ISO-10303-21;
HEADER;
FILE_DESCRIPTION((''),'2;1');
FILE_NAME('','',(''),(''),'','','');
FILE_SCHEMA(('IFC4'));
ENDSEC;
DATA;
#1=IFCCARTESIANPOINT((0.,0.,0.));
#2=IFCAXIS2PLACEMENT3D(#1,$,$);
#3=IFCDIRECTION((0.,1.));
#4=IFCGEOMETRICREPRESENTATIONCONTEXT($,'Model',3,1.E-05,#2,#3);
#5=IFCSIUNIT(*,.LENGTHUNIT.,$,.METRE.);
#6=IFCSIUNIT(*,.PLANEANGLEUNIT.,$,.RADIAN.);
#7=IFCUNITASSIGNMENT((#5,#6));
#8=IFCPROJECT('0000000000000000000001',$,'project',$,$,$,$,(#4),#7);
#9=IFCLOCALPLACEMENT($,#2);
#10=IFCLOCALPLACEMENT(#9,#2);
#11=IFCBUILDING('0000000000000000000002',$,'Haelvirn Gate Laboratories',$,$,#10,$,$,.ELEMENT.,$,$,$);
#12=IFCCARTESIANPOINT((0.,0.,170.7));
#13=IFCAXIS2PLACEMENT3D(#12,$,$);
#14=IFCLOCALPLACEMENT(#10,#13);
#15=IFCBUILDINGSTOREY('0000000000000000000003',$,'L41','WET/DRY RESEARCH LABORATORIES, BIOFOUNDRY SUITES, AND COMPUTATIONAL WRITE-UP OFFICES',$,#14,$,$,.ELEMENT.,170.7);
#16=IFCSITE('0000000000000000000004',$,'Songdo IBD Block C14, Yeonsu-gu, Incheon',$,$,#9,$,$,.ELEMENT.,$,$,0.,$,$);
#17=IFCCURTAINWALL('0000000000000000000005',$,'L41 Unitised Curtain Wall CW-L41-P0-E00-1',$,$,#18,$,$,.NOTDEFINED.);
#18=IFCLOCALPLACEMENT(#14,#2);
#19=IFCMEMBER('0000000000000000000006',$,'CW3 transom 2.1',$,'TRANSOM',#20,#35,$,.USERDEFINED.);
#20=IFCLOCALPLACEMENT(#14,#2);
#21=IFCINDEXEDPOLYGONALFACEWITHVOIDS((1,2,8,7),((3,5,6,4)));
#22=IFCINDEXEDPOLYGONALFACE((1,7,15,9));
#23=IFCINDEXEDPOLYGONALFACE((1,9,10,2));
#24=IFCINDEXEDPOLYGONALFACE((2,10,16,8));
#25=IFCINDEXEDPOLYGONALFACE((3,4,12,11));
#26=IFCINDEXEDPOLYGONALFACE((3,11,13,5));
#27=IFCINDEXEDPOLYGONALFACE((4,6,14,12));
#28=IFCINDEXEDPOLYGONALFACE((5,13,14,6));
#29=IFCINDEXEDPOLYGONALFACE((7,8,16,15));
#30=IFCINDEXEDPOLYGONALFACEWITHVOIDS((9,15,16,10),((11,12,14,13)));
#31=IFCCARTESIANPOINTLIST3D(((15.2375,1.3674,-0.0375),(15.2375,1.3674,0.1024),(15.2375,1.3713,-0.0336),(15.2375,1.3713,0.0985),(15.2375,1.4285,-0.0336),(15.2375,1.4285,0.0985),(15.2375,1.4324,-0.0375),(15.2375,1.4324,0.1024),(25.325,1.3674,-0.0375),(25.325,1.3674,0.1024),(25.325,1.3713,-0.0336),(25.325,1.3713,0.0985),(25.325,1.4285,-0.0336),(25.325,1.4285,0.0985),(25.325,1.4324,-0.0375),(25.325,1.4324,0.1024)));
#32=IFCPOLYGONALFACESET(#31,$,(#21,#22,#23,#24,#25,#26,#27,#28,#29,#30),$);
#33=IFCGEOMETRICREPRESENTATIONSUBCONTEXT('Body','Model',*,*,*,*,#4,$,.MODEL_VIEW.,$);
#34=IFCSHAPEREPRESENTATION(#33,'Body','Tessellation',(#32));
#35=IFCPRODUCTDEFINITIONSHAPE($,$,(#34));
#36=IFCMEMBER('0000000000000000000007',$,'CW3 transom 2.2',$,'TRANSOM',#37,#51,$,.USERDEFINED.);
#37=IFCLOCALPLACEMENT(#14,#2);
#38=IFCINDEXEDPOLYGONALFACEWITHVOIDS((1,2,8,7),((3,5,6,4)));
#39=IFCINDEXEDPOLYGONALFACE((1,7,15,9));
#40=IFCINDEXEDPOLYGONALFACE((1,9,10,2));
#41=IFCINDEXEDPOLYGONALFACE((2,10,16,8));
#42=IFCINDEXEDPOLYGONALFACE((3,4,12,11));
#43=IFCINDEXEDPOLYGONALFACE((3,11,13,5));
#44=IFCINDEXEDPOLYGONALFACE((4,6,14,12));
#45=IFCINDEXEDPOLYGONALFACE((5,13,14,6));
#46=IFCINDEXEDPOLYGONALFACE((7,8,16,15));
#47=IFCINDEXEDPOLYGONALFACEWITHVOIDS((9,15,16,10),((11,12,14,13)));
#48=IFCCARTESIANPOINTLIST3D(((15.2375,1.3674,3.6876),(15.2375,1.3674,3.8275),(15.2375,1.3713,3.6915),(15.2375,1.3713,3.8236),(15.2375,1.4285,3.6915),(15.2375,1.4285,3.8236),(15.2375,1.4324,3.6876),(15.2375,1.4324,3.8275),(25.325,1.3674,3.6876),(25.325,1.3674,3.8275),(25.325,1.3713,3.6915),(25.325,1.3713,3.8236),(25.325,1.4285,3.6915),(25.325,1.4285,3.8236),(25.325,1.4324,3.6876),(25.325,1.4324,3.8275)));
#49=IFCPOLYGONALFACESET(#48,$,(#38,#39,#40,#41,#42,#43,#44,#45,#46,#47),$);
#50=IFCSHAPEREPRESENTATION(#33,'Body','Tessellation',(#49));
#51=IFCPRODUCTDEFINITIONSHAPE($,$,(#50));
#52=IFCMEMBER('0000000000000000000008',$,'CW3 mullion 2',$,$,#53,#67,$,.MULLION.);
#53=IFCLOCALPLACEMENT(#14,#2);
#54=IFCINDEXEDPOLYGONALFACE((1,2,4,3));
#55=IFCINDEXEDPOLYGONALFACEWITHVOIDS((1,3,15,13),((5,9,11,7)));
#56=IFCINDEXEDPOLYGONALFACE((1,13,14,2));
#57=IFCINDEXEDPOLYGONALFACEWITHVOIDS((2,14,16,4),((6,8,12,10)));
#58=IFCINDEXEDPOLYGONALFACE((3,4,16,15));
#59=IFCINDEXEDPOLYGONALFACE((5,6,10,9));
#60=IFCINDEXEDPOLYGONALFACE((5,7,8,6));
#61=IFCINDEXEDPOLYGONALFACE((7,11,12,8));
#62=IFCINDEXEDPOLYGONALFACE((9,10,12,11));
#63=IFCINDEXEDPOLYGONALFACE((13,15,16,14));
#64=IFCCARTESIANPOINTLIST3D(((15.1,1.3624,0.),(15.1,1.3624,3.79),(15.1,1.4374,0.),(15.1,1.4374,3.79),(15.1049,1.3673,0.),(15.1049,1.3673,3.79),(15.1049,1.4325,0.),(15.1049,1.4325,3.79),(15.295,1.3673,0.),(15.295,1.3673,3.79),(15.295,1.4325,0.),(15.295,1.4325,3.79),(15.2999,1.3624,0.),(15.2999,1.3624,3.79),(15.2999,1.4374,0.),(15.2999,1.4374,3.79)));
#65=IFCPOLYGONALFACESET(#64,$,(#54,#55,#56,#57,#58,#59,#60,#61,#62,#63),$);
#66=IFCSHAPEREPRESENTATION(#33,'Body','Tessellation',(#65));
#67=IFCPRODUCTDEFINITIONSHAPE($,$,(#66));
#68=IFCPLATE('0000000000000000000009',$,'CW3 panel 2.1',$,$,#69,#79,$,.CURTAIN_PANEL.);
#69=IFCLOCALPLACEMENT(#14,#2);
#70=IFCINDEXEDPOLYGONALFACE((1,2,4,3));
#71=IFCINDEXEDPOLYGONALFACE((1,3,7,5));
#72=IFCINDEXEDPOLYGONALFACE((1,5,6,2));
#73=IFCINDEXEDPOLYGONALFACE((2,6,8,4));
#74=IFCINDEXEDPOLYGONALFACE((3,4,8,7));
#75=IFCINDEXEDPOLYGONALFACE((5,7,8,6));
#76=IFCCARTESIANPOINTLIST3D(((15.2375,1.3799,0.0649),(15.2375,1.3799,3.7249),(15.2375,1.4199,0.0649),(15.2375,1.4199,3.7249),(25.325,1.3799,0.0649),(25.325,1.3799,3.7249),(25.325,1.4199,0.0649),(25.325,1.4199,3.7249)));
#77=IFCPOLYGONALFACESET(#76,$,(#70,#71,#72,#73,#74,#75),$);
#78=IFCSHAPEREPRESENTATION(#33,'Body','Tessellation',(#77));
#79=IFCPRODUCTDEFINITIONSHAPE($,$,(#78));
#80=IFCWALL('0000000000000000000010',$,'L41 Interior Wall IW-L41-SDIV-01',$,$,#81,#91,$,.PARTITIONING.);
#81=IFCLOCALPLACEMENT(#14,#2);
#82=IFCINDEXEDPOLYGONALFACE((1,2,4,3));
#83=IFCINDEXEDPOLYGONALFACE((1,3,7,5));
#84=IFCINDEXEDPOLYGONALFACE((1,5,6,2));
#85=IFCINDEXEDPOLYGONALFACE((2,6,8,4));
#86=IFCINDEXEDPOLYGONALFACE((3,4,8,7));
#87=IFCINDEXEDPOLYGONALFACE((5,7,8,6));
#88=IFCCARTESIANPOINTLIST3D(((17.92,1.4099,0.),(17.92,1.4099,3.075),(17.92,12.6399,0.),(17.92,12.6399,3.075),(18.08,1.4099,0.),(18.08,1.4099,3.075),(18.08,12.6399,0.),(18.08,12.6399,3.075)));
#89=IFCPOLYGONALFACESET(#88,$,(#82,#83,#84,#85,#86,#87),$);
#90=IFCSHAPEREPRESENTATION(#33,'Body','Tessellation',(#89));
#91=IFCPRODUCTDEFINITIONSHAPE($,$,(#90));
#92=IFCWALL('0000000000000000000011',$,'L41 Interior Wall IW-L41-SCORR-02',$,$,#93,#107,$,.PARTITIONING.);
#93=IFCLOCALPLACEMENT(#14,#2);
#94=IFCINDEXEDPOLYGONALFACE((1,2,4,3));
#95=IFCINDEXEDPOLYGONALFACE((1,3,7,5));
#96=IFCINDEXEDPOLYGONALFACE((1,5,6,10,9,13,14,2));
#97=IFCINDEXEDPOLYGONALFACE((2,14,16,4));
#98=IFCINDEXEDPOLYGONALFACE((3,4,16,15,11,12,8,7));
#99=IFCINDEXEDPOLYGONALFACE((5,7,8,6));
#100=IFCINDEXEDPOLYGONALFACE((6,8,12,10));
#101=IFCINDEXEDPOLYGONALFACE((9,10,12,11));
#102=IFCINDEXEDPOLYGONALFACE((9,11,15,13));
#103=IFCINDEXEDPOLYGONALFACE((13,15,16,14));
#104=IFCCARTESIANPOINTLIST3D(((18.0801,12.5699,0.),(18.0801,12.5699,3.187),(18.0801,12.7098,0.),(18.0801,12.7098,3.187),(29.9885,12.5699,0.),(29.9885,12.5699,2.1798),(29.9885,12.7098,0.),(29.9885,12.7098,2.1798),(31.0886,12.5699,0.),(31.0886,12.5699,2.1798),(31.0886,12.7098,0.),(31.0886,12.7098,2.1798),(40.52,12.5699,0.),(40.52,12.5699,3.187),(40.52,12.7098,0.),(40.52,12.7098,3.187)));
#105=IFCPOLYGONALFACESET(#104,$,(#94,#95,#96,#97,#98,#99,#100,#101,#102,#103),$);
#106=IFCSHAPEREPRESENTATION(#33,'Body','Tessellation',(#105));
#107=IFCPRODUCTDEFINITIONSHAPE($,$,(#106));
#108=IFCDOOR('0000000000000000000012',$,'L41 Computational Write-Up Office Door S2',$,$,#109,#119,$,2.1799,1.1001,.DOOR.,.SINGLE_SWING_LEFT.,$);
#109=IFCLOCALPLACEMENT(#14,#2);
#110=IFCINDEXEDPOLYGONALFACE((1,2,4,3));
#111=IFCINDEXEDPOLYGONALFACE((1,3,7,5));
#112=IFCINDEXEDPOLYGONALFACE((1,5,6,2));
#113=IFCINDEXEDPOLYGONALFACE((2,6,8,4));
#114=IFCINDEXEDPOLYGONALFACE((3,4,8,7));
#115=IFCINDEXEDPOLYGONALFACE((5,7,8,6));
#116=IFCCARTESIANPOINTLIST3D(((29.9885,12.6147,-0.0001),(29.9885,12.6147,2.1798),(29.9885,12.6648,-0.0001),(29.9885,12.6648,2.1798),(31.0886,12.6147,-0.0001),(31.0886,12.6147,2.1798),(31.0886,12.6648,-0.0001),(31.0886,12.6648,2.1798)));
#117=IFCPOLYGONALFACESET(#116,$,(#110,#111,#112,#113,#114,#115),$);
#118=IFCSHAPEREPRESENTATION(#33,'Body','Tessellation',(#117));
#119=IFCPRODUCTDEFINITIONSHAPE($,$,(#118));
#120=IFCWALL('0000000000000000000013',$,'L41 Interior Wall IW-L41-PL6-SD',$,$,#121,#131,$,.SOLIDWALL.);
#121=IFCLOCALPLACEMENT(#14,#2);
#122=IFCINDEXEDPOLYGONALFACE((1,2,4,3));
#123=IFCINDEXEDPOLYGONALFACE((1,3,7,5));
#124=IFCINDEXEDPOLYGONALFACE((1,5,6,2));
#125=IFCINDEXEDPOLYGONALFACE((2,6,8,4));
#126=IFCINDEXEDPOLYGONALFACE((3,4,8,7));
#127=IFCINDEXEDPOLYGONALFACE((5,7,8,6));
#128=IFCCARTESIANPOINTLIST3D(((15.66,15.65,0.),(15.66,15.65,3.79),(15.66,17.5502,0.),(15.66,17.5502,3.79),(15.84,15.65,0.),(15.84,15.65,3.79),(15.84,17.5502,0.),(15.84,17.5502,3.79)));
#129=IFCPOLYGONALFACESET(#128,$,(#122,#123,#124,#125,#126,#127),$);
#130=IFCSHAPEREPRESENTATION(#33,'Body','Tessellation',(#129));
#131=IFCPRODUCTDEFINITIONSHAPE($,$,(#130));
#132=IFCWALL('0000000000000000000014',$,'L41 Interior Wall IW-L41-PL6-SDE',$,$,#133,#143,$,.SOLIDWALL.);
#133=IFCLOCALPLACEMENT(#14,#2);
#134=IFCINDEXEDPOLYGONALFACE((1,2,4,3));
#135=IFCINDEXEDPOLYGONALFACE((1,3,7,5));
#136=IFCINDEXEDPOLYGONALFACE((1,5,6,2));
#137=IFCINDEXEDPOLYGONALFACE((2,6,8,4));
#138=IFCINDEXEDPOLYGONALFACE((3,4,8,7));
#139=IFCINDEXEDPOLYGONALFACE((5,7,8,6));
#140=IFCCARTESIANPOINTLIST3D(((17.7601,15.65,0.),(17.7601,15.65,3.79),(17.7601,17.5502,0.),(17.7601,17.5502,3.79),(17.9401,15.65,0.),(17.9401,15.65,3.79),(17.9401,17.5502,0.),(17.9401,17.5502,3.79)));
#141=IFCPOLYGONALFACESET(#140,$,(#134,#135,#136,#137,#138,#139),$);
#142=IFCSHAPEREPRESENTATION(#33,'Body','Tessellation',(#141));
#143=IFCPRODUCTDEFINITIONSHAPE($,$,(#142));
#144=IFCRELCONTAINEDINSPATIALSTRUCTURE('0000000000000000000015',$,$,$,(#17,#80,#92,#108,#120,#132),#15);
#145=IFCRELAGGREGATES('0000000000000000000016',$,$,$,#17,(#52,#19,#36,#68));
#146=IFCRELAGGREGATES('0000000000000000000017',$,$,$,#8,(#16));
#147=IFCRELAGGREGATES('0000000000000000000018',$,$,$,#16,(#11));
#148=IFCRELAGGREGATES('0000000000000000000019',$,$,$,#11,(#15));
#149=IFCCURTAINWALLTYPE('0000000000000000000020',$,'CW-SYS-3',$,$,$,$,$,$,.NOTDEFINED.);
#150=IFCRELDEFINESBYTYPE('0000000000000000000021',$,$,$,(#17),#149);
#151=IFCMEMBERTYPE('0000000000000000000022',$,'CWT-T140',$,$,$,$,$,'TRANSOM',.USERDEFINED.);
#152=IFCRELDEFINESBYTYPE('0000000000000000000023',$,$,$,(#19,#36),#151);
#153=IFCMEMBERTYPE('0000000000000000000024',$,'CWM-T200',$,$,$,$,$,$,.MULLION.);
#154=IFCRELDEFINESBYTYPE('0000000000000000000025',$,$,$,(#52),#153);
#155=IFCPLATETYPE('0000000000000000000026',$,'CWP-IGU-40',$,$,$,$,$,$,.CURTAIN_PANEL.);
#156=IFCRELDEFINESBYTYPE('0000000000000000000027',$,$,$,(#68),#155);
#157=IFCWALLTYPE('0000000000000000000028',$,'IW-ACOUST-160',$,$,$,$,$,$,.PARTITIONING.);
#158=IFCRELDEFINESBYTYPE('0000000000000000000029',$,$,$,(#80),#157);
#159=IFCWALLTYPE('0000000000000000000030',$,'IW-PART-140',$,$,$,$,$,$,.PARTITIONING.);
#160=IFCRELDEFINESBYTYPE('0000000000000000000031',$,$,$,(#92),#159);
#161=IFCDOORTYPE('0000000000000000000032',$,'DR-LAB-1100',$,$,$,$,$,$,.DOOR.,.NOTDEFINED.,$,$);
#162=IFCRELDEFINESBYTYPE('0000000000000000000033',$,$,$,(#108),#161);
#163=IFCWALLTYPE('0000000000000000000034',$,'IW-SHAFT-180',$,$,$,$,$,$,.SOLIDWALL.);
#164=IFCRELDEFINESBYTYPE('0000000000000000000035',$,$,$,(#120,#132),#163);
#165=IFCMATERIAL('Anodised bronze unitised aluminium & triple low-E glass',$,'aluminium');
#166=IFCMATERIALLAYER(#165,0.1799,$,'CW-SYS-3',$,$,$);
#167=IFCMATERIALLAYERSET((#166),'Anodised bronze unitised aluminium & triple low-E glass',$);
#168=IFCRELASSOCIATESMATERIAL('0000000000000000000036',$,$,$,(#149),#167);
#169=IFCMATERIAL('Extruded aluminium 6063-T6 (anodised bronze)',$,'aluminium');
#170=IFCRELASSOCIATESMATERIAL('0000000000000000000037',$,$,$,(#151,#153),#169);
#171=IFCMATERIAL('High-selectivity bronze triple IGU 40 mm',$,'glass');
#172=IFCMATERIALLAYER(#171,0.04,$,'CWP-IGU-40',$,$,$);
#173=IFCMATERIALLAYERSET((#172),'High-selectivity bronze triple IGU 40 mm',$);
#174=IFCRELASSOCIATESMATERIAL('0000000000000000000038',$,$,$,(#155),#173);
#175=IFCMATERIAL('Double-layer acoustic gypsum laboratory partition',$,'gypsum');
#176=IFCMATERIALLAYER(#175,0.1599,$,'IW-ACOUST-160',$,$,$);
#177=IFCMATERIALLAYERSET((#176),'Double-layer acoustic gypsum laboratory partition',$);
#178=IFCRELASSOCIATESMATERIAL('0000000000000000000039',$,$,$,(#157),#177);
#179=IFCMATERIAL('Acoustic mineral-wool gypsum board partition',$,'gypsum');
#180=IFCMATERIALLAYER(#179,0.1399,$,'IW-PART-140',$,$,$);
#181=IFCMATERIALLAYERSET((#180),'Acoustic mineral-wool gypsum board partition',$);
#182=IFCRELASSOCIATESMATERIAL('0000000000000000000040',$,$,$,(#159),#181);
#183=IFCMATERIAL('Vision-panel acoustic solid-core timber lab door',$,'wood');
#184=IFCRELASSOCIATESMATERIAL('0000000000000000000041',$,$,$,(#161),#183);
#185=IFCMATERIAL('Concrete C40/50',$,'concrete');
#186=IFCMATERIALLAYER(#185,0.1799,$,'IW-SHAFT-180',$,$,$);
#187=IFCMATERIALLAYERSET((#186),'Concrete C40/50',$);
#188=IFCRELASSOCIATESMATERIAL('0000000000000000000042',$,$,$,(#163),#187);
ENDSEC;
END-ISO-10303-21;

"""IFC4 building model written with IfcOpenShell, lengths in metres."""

from ifc_helpers import new_model, si_unit, direction, frame, frame_2d, origin, origin_2d, place, context, subcontext, project, spatial, rectangle, hollow_rectangle, extrude, source, transform, mapped, material, layer, layer_set, material_profile, profile_set, type_object, type_shapes, element, fill, aggregate, save


model = new_model("IFC4")

# Units and contexts
model_context = context("Model", 3, precision=1e-05, world=origin(), true_north=direction((0.0, 1.0)))
body_context = subcontext(model_context, "Body", "Model", "MODEL_VIEW")
ifc_project = project(units=[si_unit("LENGTHUNIT", "METRE"), si_unit("PLANEANGLEUNIT", "RADIAN")], contexts=[model_context])

# Site, building, storey
site_placement = place(None, origin())
site = spatial("IfcSite", under=ifc_project, at=site_placement, Name="Songdo IBD Block C14, Yeonsu-gu, Incheon", CompositionType="ELEMENT", RefElevation=0.0)
building_placement = place(site_placement, origin())
building = spatial("IfcBuilding", under=site, at=building_placement, Name="Haelvirn Gate Laboratories", CompositionType="ELEMENT")
storey_placement = place(building_placement, frame((0.0, 0.0, 170.7)))
storey = spatial("IfcBuildingStorey", under=building, at=storey_placement, Name="L41", Description="WET/DRY RESEARCH LABORATORIES, BIOFOUNDRY SUITES, AND COMPUTATIONAL WRITE-UP OFFICES", CompositionType="ELEMENT", Elevation=170.7)

# Curtain wall, members, plate
ifc_material_1 = material(Name="Anodised bronze unitised aluminium & triple low-E glass", Category="aluminium")
ifc_layer_1 = layer(ifc_material_1, 0.1799, Name="CW-SYS-3")
ifc_layer_set_1 = layer_set([ifc_layer_1], Name="Anodised bronze unitised aluminium & triple low-E glass")
curtain_wall_type = type_object("IfcCurtainWallType", Name="CW-SYS-3", PredefinedType="NOTDEFINED", material=ifc_layer_set_1)
curtain_wall_placement = place(storey_placement, origin())
curtain_wall = element("IfcCurtainWall", 1, at=curtain_wall_placement, inside=storey, type_object=curtain_wall_type, Name="L41 Unitised Curtain Wall CW-L41-P0-E00-1", PredefinedType="NOTDEFINED")
ifc_material_2 = material(Name="Extruded aluminium 6063-T6 (anodised bronze)", Category="aluminium")
ifc_material_profile_1 = material_profile(ifc_material_2, hollow_rectangle(XDim=0.0649, YDim=0.1399, WallThickness=0.0039, at=origin_2d()), Name="CWT-140x65x4")
ifc_profile_set_1 = profile_set([ifc_material_profile_1], Name="Extruded aluminium 6063-T6 (anodised bronze)")
member_type_1 = type_object("IfcMemberType", Name="CWT-T140", ElementType="TRANSOM", PredefinedType="USERDEFINED", material=ifc_profile_set_1)
shared_shape_1 = source(origin(), body_context, "Body", "SweptSolid", [
    extrude(hollow_rectangle(XDim=0.0649, YDim=0.1399, WallThickness=0.0039, at=origin_2d()), origin(), (0.0, 0.0, 1.0), 10.0874),
])
type_shapes(member_type_1, [shared_shape_1])
member_1_placement = place(storey_placement, frame((15.2375, 1.3999, 0.0325), z_axis=(1.0, 0.0, 0.0), x_axis=(0.0, 1.0, 0.0)))
member_1 = element("IfcMember", 2, at=member_1_placement, type_object=member_type_1, Name="CW3 transom 2.1", ObjectType="TRANSOM", PredefinedType="USERDEFINED", context=body_context, shape_type="MappedRepresentation", body=[
    mapped(shared_shape_1, transform((0.0, 0.0, 0.0), scale=1.0)),
])
member_2_placement = place(storey_placement, frame((15.2375, 1.3999, 3.7576), z_axis=(1.0, 0.0, 0.0), x_axis=(0.0, 1.0, 0.0)))
member_2 = element("IfcMember", 3, at=member_2_placement, type_object=member_type_1, Name="CW3 transom 2.2", ObjectType="TRANSOM", PredefinedType="USERDEFINED", context=body_context, shape_type="MappedRepresentation", body=[
    mapped(shared_shape_1, transform((0.0, 0.0, 0.0), scale=1.0)),
])
ifc_material_profile_2 = material_profile(ifc_material_2, hollow_rectangle(XDim=0.075, YDim=0.2, WallThickness=0.0049, at=origin_2d()), Name="CWM-200x75x5")
ifc_profile_set_2 = profile_set([ifc_material_profile_2], Name="Extruded aluminium 6063-T6 (anodised bronze)")
member_type_2 = type_object("IfcMemberType", Name="CWM-T200", PredefinedType="MULLION", material=ifc_profile_set_2)
shared_shape_2 = source(origin(), body_context, "Body", "SweptSolid", [
    extrude(hollow_rectangle(XDim=0.075, YDim=0.2, WallThickness=0.0049, at=origin_2d()), origin(), (0.0, 0.0, 1.0), 3.79),
])
type_shapes(member_type_2, [shared_shape_2])
member_3_placement = place(storey_placement, frame((15.2, 1.3999, 0.0), z_axis=(0.0, 0.0, 1.0), x_axis=(0.0, 1.0, 0.0)))
member_3 = element("IfcMember", 4, at=member_3_placement, type_object=member_type_2, Name="CW3 mullion 2", PredefinedType="MULLION", context=body_context, shape_type="MappedRepresentation", body=[
    mapped(shared_shape_2, transform((0.0, 0.0, 0.0), scale=1.0)),
])
ifc_material_3 = material(Name="High-selectivity bronze triple IGU 40 mm", Category="glass")
ifc_layer_2 = layer(ifc_material_3, 0.04, Name="CWP-IGU-40")
ifc_layer_set_2 = layer_set([ifc_layer_2], Name="High-selectivity bronze triple IGU 40 mm")
plate_type = type_object("IfcPlateType", Name="CWP-IGU-40", PredefinedType="CURTAIN_PANEL", material=ifc_layer_set_2)
shared_shape_3 = source(origin(), body_context, "Body", "SweptSolid", [
    extrude(rectangle(XDim=10.0874, YDim=0.04, at=origin_2d()), origin(), (0.0, 0.0, 1.0), 3.6599),
])
type_shapes(plate_type, [shared_shape_3])
plate_placement = place(storey_placement, frame((20.2812, 1.3999, 0.0649), z_axis=(0.0, 0.0, 1.0), x_axis=(1.0, 0.0, 0.0)))
plate = element("IfcPlate", 5, at=plate_placement, type_object=plate_type, Name="CW3 panel 2.1", PredefinedType="CURTAIN_PANEL", context=body_context, shape_type="MappedRepresentation", body=[
    mapped(shared_shape_3, transform((0.0, 0.0, 0.0), scale=1.0)),
])
aggregate(curtain_wall, [member_3, member_1, member_2, plate])

# Wall
ifc_material_4 = material(Name="Double-layer acoustic gypsum laboratory partition", Category="gypsum")
ifc_layer_3 = layer(ifc_material_4, 0.1599, Name="IW-ACOUST-160")
ifc_layer_set_3 = layer_set([ifc_layer_3], Name="Double-layer acoustic gypsum laboratory partition")
wall_type_1 = type_object("IfcWallType", Name="IW-ACOUST-160", PredefinedType="PARTITIONING", material=ifc_layer_set_3)
wall_1_placement = place(storey_placement, frame((18.0, 1.4099, 0.0), z_axis=(0.0, 0.0, 1.0), x_axis=(0.0, 1.0, 0.0)))
element("IfcWall", 6, at=wall_1_placement, inside=storey, type_object=wall_type_1, Name="L41 Interior Wall IW-L41-SDIV-01", PredefinedType="PARTITIONING", context=body_context, shape_type="SweptSolid", body=[
    extrude(rectangle(XDim=11.23, YDim=0.1599, at=frame_2d((5.615, 0.0))), origin(), (0.0, 0.0, 1.0), 3.075),
])

# Wall, opening, door
ifc_material_5 = material(Name="Acoustic mineral-wool gypsum board partition", Category="gypsum")
ifc_layer_4 = layer(ifc_material_5, 0.1399, Name="IW-PART-140")
ifc_layer_set_4 = layer_set([ifc_layer_4], Name="Acoustic mineral-wool gypsum board partition")
wall_type_2 = type_object("IfcWallType", Name="IW-PART-140", PredefinedType="PARTITIONING", material=ifc_layer_set_4)
wall_2_placement = place(storey_placement, frame((18.0801, 12.6399, 0.0), z_axis=(0.0, 0.0, 1.0), x_axis=(1.0, 0.0, 0.0)))
wall_2 = element("IfcWall", 7, at=wall_2_placement, inside=storey, type_object=wall_type_2, Name="L41 Interior Wall IW-L41-SCORR-02", PredefinedType="PARTITIONING", context=body_context, shape_type="SweptSolid", body=[
    extrude(rectangle(XDim=22.4399, YDim=0.1399, at=frame_2d((11.22, 0.0))), origin(), (0.0, 0.0, 1.0), 3.187),
])
opening_1_placement = place(wall_2_placement, frame((11.9084, 0.0, 0.0)))
opening_1 = element("IfcOpeningElement", 8, at=opening_1_placement, cuts=wall_2, PredefinedType="OPENING", context=body_context, shape_type="SweptSolid", body=[
    extrude(rectangle(XDim=1.1001, YDim=2.1799, at=frame_2d((0.55, 1.0898))), frame((0.0, 0.0801, 0.0), z_axis=(0.0, -1.0, 0.0), x_axis=(1.0, 0.0, 0.0)), (0.0, 0.0, 1.0), 0.1599),
])
ifc_material_6 = material(Name="Vision-panel acoustic solid-core timber lab door", Category="wood")
door_type_1 = type_object("IfcDoorType", Name="DR-LAB-1100", OperationType="NOTDEFINED", PredefinedType="DOOR", material=ifc_material_6)
shared_shape_4 = source(origin(), body_context, "Body", "SweptSolid", [
    extrude(rectangle(XDim=1.1001, YDim=2.1799, at=frame_2d((0.55, 1.0898))), frame((0.0, 0.0249, 0.0), z_axis=(0.0, -1.0, 0.0), x_axis=(1.0, 0.0, 0.0)), (0.0, 0.0, 1.0), 0.05),
])
type_shapes(door_type_1, [shared_shape_4])
door_1_placement = place(opening_1_placement, origin())
door_1 = element("IfcDoor", 9, at=door_1_placement, inside=storey, type_object=door_type_1, Name="L41 Computational Write-Up Office Door S2", OperationType="SINGLE_SWING_LEFT", OverallHeight=2.1799, OverallWidth=1.1001, PredefinedType="DOOR", context=body_context, shape_type="MappedRepresentation", body=[
    mapped(shared_shape_4, transform((0.0, 0.0, 0.0), scale=1.0)),
])
fill(opening_1, door_1)

# Walls
ifc_material_7 = material(Name="Concrete C40/50", Category="concrete")
ifc_layer_5 = layer(ifc_material_7, 0.1799, Name="IW-SHAFT-180")
ifc_layer_set_5 = layer_set([ifc_layer_5], Name="Concrete C40/50")
wall_type_3 = type_object("IfcWallType", Name="IW-SHAFT-180", PredefinedType="SOLIDWALL", material=ifc_layer_set_5)
for number, where, z_axis, x_axis, name in (
    (10, (15.75, 15.6499, 0.0), (0.0, 0.0, 1.0), (0.0, 1.0, 0.0), "L41 Interior Wall IW-L41-PL6-SD"),
    (11, (17.8501, 15.6499, 0.0), (0.0, 0.0, 1.0), (0.0, 1.0, 0.0), "L41 Interior Wall IW-L41-PL6-SDE"),
):
    element("IfcWall", number, at=place(storey_placement, frame(where, z_axis=z_axis, x_axis=x_axis)), inside=storey, type_object=wall_type_3, Name=name, PredefinedType="SOLIDWALL", context=body_context, shape_type="SweptSolid", body=[
        extrude(rectangle(XDim=1.9001, YDim=0.1799, at=frame_2d((0.9502, 0.0))), origin(), (0.0, 0.0, 1.0), 3.79),
    ])

save(model, "model.ifc")
